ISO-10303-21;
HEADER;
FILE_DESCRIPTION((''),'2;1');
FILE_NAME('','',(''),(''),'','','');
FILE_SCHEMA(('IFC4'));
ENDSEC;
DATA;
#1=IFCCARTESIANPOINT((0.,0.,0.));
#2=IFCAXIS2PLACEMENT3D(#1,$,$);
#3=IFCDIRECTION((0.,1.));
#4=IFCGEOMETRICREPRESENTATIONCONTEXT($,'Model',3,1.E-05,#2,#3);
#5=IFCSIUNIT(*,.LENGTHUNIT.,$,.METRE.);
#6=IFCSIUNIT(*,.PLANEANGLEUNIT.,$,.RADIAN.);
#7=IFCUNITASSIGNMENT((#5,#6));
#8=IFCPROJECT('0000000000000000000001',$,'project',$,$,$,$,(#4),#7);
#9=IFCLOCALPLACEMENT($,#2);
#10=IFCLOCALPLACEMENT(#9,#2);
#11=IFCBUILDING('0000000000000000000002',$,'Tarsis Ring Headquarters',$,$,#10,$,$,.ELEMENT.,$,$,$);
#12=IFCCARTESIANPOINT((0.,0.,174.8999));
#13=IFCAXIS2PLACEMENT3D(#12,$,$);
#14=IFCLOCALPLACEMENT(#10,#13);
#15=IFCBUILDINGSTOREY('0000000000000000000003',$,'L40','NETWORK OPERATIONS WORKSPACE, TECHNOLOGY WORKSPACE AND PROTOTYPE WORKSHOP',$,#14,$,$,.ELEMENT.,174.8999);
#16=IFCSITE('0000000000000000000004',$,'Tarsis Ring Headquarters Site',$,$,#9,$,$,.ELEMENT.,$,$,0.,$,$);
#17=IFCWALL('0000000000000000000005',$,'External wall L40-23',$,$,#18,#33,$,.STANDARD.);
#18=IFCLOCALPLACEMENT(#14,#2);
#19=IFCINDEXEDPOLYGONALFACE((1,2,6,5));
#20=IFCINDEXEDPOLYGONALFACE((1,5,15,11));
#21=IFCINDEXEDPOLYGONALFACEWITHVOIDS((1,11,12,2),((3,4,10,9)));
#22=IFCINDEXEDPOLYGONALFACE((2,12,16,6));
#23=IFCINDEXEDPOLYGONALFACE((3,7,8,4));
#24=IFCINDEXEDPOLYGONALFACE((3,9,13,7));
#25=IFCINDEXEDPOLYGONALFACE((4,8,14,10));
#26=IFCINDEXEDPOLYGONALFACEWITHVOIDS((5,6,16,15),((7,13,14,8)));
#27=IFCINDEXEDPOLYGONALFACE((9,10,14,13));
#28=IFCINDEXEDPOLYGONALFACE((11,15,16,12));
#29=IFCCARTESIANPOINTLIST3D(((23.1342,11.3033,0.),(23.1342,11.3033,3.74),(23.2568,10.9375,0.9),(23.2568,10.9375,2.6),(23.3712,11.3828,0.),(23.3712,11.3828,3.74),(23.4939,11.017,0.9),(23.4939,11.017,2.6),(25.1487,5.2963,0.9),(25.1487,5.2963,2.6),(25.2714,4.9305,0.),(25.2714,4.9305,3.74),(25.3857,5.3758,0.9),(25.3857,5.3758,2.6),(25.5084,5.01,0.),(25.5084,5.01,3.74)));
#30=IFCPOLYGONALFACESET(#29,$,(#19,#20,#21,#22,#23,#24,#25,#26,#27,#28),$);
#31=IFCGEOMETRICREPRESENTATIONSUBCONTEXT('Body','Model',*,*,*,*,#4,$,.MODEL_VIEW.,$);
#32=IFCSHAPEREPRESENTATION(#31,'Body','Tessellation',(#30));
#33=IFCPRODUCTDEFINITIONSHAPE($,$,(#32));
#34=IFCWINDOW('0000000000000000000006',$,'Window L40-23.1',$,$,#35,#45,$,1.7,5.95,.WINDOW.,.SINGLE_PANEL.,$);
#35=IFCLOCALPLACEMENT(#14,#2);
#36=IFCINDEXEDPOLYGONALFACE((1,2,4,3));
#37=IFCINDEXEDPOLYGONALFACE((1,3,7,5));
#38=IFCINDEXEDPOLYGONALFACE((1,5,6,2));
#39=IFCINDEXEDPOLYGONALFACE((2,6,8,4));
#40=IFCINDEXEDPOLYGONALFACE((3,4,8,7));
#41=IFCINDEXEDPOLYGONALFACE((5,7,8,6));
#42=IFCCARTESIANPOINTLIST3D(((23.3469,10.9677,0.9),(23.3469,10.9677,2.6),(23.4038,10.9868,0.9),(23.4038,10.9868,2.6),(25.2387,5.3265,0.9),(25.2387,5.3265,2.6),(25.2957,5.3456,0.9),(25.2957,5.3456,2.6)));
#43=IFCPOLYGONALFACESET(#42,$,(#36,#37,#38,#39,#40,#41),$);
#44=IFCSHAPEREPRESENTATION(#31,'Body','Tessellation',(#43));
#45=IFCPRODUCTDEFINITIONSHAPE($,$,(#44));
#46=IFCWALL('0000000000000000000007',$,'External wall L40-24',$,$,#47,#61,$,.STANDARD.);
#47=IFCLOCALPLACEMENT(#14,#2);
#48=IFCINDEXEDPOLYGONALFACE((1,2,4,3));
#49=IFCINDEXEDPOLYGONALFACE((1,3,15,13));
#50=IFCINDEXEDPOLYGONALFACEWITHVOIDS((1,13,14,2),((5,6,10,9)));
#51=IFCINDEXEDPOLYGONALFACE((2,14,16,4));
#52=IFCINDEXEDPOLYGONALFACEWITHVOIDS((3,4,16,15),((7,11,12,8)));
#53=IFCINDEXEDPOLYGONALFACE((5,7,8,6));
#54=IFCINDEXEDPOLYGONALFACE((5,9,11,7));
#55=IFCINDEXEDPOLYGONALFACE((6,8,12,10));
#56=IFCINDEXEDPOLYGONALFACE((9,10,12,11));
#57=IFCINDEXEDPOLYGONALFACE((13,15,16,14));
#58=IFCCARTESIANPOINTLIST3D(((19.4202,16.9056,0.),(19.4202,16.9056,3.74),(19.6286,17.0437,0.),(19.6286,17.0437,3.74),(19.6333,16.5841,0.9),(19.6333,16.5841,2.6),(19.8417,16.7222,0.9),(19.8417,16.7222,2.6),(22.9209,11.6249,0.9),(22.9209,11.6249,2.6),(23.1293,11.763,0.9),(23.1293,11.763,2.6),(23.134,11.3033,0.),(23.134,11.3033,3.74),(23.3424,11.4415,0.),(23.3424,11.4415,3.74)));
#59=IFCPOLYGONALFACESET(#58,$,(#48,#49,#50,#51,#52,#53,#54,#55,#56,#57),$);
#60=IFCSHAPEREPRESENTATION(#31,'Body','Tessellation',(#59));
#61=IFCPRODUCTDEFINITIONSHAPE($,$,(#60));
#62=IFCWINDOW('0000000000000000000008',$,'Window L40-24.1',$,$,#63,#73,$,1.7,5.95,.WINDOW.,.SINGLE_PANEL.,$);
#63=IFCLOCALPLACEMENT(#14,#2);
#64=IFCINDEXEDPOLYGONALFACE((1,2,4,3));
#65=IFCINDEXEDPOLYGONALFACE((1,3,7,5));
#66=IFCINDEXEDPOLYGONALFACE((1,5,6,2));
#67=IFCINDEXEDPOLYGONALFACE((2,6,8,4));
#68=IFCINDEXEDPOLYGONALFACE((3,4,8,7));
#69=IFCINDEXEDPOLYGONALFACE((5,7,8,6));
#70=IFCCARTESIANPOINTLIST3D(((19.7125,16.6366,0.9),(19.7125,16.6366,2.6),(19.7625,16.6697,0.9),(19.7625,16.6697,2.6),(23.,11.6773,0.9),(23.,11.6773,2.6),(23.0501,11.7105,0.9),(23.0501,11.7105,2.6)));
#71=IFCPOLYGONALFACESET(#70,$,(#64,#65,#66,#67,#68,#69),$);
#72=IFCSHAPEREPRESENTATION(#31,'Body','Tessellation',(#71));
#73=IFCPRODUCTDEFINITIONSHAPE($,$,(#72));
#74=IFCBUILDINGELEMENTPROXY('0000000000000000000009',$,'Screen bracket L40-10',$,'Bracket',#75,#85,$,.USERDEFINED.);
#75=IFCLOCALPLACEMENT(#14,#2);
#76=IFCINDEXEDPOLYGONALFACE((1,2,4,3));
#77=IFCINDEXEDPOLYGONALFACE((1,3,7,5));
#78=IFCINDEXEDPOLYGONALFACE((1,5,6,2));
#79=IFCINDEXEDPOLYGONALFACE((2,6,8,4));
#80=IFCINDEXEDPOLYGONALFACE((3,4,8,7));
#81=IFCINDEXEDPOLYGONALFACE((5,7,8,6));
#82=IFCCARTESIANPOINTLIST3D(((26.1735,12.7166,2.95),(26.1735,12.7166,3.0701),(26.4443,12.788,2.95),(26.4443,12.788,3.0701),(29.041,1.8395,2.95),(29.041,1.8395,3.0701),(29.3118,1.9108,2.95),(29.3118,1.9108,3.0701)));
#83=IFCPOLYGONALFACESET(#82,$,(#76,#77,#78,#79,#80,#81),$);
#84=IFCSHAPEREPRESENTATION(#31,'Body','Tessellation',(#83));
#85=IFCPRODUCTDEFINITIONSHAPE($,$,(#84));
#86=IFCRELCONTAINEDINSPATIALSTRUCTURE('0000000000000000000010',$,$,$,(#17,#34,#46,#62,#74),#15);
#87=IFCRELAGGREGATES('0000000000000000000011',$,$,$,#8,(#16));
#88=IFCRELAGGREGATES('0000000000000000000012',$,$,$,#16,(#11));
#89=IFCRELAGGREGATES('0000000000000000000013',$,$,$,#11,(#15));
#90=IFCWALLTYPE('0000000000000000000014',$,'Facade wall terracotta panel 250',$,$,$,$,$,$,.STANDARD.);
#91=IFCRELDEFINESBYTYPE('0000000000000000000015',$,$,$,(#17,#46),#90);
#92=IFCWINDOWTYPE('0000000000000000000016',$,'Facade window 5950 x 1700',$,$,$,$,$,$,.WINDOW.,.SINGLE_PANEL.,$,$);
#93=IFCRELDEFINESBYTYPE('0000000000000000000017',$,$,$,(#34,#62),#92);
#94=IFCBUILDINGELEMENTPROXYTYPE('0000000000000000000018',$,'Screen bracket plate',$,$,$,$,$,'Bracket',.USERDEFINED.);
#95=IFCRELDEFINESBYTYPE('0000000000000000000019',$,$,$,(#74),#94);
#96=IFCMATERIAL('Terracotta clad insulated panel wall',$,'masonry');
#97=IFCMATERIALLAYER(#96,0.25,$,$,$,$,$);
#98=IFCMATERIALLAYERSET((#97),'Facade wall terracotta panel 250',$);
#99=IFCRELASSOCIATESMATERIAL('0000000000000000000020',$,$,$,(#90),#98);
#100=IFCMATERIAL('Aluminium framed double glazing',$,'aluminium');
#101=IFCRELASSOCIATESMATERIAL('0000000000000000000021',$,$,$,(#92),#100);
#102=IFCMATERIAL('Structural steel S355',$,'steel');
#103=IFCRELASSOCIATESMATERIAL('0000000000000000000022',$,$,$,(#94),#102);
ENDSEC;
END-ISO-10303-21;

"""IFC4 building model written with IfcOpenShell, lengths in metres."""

from ifc_helpers import new_model, si_unit, direction, frame, frame_2d, origin, origin_2d, place, context, subcontext, project, spatial, rectangle, extrude, material, layer, layer_set, type_object, element, fill, save


model = new_model("IFC4")

# Units and contexts
model_context = context("Model", 3, precision=1e-05, world=origin(), true_north=direction((0.0, 1.0)))
body_context = subcontext(model_context, "Body", "Model", "MODEL_VIEW")
ifc_project = project(units=[si_unit("LENGTHUNIT", "METRE"), si_unit("PLANEANGLEUNIT", "RADIAN")], contexts=[model_context])

# Site, building, storey
site_placement = place(None, origin())
site = spatial("IfcSite", under=ifc_project, at=site_placement, Name="Tarsis Ring Headquarters Site", CompositionType="ELEMENT", RefElevation=0.0)
building_placement = place(site_placement, origin())
building = spatial("IfcBuilding", under=site, at=building_placement, Name="Tarsis Ring Headquarters", CompositionType="ELEMENT")
storey_placement = place(building_placement, frame((0.0, 0.0, 174.8999)))
storey = spatial("IfcBuildingStorey", under=building, at=storey_placement, Name="L40", Description="NETWORK OPERATIONS WORKSPACE, TECHNOLOGY WORKSPACE AND PROTOTYPE WORKSHOP", CompositionType="ELEMENT", Elevation=174.8999)

# Shared definitions
ifc_material_1 = material(Name="Structural steel S355", Category="steel")

# Walls, openings, windows
ifc_material_2 = material(Name="Terracotta clad insulated panel wall", Category="masonry")
ifc_layer_1 = layer(ifc_material_2, 0.25)
ifc_layer_set_1 = layer_set([ifc_layer_1], Name="Facade wall terracotta panel 250")
wall_type_1 = type_object("IfcWallType", Name="Facade wall terracotta panel 250", PredefinedType="STANDARD", material=ifc_layer_set_1)
wall_1_placement = place(storey_placement, frame((25.3899, 4.9702, 0.0), z_axis=(0.0, 0.0, 1.0), x_axis=(-0.31796, 0.948104, 0.0)))
wall_1 = element("IfcWall", 1, at=wall_1_placement, inside=storey, type_object=wall_type_1, Name="External wall L40-23", PredefinedType="STANDARD", context=body_context, shape_type="SweptSolid", body=[
    extrude(rectangle(XDim=6.7217, YDim=0.25, at=frame_2d((3.3608, 0.0))), origin(), (0.0, 0.0, 1.0), 3.74),
])
opening_1_placement = place(wall_1_placement, frame((0.3857, 0.0, 0.8999)))
opening_1 = element("IfcOpeningElement", 2, at=opening_1_placement, cuts=wall_1, PredefinedType="OPENING", context=body_context, shape_type="SweptSolid", body=[
    extrude(rectangle(XDim=5.95, YDim=1.7, at=frame_2d((2.9751, 0.8501))), frame((0.0, 0.135, 0.0), z_axis=(0.0, -1.0, 0.0), x_axis=(1.0, 0.0, 0.0)), (0.0, 0.0, 1.0), 0.27),
])
ifc_material_3 = material(Name="Aluminium framed double glazing", Category="aluminium")
window_type = type_object("IfcWindowType", Name="Facade window 5950 x 1700", PartitioningType="SINGLE_PANEL", PredefinedType="WINDOW", material=ifc_material_3)
window_1_placement = place(opening_1_placement, origin())
window_1 = element("IfcWindow", 3, at=window_1_placement, inside=storey, type_object=window_type, Name="Window L40-23.1", OverallHeight=1.7, OverallWidth=5.95, PartitioningType="SINGLE_PANEL", PredefinedType="WINDOW", context=body_context, shape_type="SweptSolid", body=[
    extrude(rectangle(XDim=5.95, YDim=1.7, at=frame_2d((2.9751, 0.8501))), frame((0.0, 0.03, 0.0), z_axis=(0.0, -1.0, 0.0), x_axis=(1.0, 0.0, 0.0)), (0.0, 0.0, 1.0), 0.0601),
])
fill(opening_1, window_1)
wall_2_placement = place(storey_placement, frame((23.2383, 11.3723, 0.0), z_axis=(0.0, 0.0, 1.0), x_axis=(-0.552536, 0.833489, 0.0)))
wall_2 = element("IfcWall", 4, at=wall_2_placement, inside=storey, type_object=wall_type_1, Name="External wall L40-24", PredefinedType="STANDARD", context=body_context, shape_type="SweptSolid", body=[
    extrude(rectangle(XDim=6.7214, YDim=0.25, at=frame_2d((3.3608, 0.0))), origin(), (0.0, 0.0, 1.0), 3.74),
])
opening_2_placement = place(wall_2_placement, frame((0.3857, 0.0, 0.8999)))
opening_2 = element("IfcOpeningElement", 5, at=opening_2_placement, cuts=wall_2, PredefinedType="OPENING", context=body_context, shape_type="SweptSolid", body=[
    extrude(rectangle(XDim=5.95, YDim=1.7, at=frame_2d((2.9751, 0.8501))), frame((0.0, 0.135, 0.0), z_axis=(0.0, -1.0, 0.0), x_axis=(1.0, 0.0, 0.0)), (0.0, 0.0, 1.0), 0.27),
])
window_2_placement = place(opening_2_placement, origin())
window_2 = element("IfcWindow", 6, at=window_2_placement, inside=storey, type_object=window_type, Name="Window L40-24.1", OverallHeight=1.7, OverallWidth=5.95, PartitioningType="SINGLE_PANEL", PredefinedType="WINDOW", context=body_context, shape_type="SweptSolid", body=[
    extrude(rectangle(XDim=5.95, YDim=1.7, at=frame_2d((2.9751, 0.8501))), frame((0.0, 0.03, 0.0), z_axis=(0.0, -1.0, 0.0), x_axis=(1.0, 0.0, 0.0)), (0.0, 0.0, 1.0), 0.0601),
])
fill(opening_2, window_2)

# Building element proxy
building_element_proxy_type = type_object("IfcBuildingElementProxyType", Name="Screen bracket plate", ElementType="Bracket", PredefinedType="USERDEFINED", material=ifc_material_1)
proxy_placement = place(storey_placement, frame((27.7427, 7.3137, 2.95), z_axis=(0.0, 0.0, 1.0), x_axis=(-0.254919, 0.966963, 0.0)))
element("IfcBuildingElementProxy", 7, at=proxy_placement, inside=storey, type_object=building_element_proxy_type, Name="Screen bracket L40-10", ObjectType="Bracket", PredefinedType="USERDEFINED", context=body_context, shape_type="SweptSolid", body=[
    extrude(rectangle(XDim=11.2488, YDim=0.28, at=origin_2d()), origin(), (0.0, 0.0, 1.0), 0.1201),
])

save(model, "model.ifc")
